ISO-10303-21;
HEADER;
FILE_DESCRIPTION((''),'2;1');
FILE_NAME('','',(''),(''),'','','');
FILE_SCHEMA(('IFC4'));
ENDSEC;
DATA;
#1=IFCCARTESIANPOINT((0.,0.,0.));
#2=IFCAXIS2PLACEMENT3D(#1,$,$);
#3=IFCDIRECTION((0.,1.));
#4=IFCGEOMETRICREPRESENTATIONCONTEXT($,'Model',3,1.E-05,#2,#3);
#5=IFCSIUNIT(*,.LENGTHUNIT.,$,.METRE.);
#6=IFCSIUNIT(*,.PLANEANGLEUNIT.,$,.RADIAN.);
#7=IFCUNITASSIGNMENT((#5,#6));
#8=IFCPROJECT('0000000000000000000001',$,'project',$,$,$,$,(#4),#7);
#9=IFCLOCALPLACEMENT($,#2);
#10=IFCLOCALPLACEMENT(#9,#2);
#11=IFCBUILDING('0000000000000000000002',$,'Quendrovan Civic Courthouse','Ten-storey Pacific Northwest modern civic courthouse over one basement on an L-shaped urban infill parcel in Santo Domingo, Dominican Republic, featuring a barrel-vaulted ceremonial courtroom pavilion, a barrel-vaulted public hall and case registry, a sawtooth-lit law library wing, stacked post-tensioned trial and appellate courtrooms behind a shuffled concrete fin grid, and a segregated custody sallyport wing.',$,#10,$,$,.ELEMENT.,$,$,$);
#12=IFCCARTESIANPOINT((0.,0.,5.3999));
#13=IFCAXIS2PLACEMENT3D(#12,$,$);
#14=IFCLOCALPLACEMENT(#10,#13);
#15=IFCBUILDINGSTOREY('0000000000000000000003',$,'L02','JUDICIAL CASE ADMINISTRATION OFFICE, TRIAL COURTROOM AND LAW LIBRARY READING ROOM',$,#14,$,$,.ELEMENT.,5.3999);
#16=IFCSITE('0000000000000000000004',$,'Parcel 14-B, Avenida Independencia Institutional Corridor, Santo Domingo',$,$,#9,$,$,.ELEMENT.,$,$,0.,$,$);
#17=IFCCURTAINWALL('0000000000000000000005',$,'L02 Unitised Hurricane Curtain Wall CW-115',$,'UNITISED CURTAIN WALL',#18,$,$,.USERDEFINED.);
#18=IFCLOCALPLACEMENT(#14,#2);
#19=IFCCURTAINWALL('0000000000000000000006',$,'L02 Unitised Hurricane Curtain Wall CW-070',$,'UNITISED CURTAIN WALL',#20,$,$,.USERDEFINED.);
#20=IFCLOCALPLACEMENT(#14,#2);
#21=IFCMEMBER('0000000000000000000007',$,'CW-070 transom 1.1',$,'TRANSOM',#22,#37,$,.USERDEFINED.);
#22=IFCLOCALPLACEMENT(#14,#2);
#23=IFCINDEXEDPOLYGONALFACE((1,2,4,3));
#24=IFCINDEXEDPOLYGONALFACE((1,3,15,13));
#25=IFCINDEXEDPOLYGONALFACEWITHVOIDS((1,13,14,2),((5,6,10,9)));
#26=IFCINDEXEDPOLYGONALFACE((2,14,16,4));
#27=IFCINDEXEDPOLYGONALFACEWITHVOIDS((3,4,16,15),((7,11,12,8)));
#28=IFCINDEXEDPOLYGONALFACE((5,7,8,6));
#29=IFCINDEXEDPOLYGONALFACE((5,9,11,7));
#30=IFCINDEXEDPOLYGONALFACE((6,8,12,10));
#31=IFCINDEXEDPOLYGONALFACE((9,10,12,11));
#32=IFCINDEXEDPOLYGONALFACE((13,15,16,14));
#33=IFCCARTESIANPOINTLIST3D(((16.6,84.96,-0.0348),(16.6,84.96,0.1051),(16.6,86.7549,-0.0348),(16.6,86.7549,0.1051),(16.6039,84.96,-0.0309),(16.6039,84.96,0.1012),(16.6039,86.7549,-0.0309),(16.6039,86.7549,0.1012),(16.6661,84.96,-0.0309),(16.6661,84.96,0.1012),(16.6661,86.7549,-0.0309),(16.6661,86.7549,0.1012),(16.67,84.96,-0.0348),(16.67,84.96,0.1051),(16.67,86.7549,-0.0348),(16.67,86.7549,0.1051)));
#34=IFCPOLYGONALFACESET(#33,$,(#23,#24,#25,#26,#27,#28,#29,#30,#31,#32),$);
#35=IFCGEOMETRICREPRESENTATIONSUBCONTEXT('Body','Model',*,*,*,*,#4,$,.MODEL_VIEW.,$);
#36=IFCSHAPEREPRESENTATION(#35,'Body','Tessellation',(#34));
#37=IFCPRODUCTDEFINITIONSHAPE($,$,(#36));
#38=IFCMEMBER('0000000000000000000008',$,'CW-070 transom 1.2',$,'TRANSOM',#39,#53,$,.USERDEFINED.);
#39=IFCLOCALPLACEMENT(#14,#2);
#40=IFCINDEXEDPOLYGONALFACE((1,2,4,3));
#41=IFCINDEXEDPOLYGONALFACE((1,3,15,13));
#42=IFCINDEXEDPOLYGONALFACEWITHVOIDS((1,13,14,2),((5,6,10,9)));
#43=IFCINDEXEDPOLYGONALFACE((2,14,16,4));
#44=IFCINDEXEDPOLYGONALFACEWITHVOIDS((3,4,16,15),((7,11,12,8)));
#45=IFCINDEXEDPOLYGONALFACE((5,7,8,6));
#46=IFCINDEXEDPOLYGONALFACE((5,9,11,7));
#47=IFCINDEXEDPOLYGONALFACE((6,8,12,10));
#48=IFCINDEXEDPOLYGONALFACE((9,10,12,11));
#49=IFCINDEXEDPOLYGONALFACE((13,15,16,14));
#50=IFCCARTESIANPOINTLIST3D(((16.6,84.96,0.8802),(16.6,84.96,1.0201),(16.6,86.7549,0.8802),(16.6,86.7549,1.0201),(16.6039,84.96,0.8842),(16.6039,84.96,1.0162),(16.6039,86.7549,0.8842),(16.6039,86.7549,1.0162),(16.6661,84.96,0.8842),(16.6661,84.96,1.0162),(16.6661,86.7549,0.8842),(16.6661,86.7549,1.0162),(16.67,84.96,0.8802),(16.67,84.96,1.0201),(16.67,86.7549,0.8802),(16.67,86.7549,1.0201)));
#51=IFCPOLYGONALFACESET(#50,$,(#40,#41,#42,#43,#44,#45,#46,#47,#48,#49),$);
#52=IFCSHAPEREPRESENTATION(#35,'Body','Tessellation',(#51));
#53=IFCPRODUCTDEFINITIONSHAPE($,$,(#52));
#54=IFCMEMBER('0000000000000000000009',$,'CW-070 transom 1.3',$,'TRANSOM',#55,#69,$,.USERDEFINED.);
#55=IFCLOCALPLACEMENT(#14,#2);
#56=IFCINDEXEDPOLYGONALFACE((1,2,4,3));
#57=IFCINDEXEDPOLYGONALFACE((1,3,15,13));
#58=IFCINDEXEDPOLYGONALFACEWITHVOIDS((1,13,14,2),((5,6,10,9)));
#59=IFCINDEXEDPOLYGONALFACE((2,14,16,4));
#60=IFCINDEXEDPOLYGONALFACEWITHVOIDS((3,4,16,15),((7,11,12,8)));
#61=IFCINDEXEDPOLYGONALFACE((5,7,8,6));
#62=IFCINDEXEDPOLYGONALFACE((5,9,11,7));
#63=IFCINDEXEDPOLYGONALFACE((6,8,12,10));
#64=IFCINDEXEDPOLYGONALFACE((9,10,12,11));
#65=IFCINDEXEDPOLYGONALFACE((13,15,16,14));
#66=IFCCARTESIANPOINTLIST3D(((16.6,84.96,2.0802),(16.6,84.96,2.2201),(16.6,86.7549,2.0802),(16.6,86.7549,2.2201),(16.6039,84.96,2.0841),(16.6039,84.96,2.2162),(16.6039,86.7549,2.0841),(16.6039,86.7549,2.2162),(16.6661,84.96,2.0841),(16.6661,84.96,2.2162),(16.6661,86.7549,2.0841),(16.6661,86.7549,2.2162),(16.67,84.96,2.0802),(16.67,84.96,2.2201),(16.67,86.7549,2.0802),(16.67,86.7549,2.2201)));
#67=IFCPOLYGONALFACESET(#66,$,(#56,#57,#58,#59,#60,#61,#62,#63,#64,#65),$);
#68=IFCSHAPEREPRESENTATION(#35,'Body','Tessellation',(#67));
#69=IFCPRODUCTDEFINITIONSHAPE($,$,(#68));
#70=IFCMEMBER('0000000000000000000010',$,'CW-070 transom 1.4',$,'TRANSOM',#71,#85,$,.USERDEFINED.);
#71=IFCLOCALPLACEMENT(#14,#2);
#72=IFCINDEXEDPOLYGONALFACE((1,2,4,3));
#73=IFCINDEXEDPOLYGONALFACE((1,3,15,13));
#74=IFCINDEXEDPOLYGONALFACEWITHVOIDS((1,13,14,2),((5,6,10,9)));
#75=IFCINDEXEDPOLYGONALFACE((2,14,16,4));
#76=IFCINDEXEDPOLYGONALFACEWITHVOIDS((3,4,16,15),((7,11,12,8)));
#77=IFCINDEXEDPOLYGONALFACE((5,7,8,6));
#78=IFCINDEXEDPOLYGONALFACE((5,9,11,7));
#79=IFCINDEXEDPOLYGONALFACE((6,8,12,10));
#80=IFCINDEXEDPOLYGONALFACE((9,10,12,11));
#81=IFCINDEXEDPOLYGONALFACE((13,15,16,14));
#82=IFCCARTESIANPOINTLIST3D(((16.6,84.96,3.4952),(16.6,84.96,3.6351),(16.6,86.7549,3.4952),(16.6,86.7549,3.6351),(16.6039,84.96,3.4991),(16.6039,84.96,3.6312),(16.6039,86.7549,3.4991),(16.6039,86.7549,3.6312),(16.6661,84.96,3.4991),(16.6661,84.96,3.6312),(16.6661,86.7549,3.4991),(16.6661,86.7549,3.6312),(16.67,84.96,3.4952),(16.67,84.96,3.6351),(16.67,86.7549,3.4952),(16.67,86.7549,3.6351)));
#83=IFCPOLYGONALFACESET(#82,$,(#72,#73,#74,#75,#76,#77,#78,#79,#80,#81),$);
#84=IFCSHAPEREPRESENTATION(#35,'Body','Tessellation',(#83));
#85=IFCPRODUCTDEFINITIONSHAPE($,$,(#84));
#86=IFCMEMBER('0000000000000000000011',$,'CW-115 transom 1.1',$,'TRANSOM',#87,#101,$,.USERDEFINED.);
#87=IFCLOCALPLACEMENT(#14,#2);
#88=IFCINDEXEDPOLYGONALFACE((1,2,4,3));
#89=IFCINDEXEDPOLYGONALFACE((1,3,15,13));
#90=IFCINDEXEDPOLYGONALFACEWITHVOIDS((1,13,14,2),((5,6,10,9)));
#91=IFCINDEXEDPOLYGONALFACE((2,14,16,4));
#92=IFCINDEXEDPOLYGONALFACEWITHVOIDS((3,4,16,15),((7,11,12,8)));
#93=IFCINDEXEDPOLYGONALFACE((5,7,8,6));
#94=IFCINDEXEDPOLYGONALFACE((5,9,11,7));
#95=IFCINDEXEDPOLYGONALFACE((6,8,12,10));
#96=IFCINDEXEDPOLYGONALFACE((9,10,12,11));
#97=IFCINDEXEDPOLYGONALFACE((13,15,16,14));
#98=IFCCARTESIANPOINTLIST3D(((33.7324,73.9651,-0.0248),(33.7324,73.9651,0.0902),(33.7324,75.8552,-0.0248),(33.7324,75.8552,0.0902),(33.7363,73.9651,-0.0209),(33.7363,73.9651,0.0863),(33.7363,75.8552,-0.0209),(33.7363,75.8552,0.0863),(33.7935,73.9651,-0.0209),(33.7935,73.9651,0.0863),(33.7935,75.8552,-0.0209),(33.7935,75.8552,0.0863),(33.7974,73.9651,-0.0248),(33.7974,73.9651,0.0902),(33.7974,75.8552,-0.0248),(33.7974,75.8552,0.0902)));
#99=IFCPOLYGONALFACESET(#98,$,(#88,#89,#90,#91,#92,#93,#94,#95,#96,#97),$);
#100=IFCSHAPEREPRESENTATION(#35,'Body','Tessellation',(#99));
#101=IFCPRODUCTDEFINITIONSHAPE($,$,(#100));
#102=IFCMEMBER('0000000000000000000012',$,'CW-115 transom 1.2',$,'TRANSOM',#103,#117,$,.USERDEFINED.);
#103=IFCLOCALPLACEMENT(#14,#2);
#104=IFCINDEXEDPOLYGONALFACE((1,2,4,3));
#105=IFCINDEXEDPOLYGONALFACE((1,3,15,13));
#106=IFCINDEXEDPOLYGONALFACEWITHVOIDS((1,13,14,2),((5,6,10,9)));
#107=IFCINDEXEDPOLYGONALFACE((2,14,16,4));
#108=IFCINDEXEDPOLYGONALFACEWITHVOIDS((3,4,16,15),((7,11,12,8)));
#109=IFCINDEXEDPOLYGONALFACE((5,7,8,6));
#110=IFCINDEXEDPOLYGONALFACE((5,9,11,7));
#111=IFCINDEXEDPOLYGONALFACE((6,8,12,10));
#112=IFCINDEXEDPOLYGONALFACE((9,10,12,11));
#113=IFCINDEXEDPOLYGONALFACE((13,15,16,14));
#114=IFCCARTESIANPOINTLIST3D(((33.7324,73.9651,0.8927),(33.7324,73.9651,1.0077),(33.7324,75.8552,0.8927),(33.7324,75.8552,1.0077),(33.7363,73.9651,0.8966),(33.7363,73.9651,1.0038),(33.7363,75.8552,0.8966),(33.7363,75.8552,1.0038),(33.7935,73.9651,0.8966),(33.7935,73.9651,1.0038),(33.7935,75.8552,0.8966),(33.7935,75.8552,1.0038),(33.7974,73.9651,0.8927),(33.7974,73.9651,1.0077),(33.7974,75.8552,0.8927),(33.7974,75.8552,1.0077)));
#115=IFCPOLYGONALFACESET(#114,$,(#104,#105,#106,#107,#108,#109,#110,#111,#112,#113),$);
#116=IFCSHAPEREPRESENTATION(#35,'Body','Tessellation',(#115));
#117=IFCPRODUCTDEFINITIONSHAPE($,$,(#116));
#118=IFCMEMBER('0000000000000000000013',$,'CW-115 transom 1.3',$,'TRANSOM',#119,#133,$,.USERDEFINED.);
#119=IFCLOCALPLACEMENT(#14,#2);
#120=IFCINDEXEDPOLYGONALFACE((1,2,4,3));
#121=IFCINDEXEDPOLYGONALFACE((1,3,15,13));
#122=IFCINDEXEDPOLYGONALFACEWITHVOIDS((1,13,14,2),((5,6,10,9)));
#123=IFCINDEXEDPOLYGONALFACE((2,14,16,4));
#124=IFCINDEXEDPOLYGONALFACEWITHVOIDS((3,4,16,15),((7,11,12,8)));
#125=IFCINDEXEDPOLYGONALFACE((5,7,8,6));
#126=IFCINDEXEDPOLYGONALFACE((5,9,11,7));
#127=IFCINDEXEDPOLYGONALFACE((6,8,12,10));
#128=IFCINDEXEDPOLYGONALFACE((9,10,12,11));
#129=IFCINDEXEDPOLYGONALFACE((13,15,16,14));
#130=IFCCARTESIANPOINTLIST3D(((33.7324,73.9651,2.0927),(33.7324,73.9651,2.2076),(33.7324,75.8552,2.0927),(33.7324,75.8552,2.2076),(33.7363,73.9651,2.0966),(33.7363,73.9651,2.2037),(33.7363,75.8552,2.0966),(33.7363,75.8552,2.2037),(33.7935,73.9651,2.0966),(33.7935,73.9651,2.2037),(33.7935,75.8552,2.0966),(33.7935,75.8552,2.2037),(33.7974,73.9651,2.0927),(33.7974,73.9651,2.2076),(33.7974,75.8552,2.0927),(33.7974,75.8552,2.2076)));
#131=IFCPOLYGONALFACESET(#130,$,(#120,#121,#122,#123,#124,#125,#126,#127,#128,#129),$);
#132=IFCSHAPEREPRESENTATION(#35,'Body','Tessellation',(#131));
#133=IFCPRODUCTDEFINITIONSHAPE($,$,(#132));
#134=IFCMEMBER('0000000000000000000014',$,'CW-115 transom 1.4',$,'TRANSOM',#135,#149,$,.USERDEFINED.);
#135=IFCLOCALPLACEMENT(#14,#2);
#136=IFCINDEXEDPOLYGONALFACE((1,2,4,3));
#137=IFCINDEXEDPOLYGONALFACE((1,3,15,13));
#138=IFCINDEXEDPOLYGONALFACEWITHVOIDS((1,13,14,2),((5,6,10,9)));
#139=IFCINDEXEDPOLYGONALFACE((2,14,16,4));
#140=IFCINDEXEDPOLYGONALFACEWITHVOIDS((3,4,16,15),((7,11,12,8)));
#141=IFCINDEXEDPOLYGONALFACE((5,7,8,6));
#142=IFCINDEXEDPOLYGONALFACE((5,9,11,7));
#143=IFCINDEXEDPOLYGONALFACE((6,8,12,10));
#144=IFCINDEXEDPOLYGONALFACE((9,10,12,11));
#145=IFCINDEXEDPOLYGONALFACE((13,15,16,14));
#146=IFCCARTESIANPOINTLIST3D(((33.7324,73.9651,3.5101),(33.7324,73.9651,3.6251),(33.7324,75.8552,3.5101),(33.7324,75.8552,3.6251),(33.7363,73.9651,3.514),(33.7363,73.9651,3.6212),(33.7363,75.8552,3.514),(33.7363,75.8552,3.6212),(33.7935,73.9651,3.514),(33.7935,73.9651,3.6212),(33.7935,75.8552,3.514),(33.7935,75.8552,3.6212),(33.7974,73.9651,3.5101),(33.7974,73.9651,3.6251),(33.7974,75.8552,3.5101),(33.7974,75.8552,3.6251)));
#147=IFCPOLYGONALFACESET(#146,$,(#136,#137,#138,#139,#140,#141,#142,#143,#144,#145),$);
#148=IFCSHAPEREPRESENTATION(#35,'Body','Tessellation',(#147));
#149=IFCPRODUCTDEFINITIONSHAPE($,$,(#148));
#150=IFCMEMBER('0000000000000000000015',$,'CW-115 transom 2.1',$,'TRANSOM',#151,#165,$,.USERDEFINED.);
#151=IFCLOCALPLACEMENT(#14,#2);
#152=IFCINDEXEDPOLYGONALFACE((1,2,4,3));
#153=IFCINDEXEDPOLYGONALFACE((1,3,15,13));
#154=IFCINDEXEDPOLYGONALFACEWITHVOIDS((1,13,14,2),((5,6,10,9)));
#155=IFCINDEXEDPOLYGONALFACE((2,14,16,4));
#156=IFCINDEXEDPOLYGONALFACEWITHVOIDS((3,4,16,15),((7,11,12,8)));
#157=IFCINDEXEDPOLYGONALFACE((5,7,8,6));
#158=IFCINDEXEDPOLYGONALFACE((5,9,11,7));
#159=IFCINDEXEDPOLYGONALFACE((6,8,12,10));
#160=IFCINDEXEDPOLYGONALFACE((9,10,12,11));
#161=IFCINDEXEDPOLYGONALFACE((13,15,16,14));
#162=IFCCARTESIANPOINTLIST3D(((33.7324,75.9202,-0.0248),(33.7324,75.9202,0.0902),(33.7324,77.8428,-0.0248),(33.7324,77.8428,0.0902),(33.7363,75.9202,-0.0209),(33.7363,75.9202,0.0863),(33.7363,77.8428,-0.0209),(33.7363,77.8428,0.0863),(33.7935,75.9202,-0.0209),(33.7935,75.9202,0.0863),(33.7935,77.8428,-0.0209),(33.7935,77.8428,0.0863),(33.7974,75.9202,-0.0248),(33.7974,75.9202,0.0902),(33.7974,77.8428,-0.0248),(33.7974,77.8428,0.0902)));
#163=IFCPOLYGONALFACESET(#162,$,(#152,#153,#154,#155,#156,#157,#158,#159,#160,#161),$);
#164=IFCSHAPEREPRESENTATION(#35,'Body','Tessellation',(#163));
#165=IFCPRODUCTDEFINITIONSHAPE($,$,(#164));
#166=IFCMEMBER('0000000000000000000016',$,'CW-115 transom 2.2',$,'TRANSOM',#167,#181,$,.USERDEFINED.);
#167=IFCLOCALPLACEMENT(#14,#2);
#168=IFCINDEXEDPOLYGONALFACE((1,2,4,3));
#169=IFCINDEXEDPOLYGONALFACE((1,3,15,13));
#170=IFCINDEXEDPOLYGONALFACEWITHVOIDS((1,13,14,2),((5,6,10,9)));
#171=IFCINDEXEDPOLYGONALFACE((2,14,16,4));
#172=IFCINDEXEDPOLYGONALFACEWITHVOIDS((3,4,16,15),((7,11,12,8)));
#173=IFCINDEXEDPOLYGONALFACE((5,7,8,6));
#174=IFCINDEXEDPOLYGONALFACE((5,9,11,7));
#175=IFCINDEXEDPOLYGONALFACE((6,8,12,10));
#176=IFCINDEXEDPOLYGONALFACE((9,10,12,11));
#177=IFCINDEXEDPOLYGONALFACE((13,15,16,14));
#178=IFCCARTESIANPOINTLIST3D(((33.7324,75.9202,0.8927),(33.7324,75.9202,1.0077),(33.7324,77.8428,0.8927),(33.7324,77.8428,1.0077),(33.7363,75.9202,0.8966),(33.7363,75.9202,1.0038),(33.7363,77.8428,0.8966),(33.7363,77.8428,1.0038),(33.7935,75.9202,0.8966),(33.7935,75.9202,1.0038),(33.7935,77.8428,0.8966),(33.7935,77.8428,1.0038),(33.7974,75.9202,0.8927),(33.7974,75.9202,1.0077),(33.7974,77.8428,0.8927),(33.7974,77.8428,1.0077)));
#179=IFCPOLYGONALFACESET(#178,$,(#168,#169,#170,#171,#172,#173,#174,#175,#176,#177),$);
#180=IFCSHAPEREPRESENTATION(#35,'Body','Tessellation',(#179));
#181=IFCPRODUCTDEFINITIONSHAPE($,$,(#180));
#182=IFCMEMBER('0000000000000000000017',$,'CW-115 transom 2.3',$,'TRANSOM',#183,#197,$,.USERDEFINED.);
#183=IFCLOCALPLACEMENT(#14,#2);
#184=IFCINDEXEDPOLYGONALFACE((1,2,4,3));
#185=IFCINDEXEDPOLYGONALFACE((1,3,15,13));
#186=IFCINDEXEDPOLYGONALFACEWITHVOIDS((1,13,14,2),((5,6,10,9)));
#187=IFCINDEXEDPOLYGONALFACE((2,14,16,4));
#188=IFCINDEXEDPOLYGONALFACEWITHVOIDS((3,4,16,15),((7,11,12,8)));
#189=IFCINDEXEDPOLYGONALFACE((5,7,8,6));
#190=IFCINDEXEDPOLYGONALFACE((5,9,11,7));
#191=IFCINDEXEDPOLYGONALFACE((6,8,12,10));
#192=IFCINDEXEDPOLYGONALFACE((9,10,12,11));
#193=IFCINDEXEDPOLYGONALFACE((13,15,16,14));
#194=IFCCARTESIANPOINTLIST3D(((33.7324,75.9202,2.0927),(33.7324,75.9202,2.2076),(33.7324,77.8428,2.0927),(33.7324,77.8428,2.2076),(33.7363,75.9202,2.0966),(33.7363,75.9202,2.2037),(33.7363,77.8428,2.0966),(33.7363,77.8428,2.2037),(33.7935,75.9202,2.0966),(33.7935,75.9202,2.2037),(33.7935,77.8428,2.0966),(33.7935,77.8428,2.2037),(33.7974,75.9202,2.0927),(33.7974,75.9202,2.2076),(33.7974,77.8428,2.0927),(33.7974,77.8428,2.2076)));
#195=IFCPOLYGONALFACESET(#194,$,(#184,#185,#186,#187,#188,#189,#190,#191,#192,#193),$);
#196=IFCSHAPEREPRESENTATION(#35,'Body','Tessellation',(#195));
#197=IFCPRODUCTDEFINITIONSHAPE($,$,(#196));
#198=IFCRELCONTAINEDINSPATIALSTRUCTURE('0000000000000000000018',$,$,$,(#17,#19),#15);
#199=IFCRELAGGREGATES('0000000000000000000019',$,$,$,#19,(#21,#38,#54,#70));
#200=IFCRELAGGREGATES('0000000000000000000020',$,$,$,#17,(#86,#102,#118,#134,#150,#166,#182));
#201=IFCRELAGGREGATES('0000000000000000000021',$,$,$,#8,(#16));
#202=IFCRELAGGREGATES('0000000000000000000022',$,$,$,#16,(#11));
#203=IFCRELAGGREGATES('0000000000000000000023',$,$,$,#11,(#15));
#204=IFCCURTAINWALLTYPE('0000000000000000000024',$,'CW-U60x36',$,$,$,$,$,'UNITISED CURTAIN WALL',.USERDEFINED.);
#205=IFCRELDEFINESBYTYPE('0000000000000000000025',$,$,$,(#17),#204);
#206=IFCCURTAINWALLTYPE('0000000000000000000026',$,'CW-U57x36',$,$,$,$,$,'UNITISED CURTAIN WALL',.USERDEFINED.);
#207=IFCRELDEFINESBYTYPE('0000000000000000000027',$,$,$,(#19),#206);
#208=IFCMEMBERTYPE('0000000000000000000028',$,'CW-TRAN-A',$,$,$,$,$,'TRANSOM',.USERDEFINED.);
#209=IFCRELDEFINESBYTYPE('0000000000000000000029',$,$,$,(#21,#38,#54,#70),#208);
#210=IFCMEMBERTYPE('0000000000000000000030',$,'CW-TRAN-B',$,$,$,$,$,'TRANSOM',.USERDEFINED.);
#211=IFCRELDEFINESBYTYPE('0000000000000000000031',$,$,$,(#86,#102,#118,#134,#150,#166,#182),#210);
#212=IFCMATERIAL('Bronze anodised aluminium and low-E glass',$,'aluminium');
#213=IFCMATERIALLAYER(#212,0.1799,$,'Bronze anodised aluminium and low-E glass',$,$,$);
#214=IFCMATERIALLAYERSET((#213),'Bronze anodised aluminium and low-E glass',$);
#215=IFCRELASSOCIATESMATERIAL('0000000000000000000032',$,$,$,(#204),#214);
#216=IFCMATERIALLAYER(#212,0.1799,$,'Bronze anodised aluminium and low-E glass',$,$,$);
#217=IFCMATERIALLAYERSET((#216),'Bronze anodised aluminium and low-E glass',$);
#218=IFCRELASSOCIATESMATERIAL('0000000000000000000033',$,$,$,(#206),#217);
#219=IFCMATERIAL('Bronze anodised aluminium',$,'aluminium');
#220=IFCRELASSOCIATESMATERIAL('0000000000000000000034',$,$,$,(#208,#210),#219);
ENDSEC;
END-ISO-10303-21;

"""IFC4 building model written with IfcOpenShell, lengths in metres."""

from ifc_helpers import new_model, si_unit, direction, frame, origin, origin_2d, place, context, subcontext, project, spatial, hollow_rectangle, extrude, material, layer, layer_set, material_profile, profile_set, type_object, element, aggregate, save


model = new_model("IFC4")

# Units and contexts
model_context = context("Model", 3, precision=1e-05, world=origin(), true_north=direction((0.0, 1.0)))
body_context = subcontext(model_context, "Body", "Model", "MODEL_VIEW")
ifc_project = project(units=[si_unit("LENGTHUNIT", "METRE"), si_unit("PLANEANGLEUNIT", "RADIAN")], contexts=[model_context])

# Site, building, storey
site_placement = place(None, origin())
site = spatial("IfcSite", under=ifc_project, at=site_placement, Name="Parcel 14-B, Avenida Independencia Institutional Corridor, Santo Domingo", CompositionType="ELEMENT", RefElevation=0.0)
building_placement = place(site_placement, origin())
building = spatial("IfcBuilding", under=site, at=building_placement, Name="Quendrovan Civic Courthouse", Description="Ten-storey Pacific Northwest modern civic courthouse over one basement on an L-shaped urban infill parcel in Santo Domingo, Dominican Republic, featuring a barrel-vaulted ceremonial courtroom pavilion, a barrel-vaulted public hall and case registry, a sawtooth-lit law library wing, stacked post-tensioned trial and appellate courtrooms behind a shuffled concrete fin grid, and a segregated custody sallyport wing.", CompositionType="ELEMENT")
storey_placement = place(building_placement, frame((0.0, 0.0, 5.3999)))
storey = spatial("IfcBuildingStorey", under=building, at=storey_placement, Name="L02", Description="JUDICIAL CASE ADMINISTRATION OFFICE, TRIAL COURTROOM AND LAW LIBRARY READING ROOM", CompositionType="ELEMENT", Elevation=5.3999)

# Shared definitions
ifc_material_1 = material(Name="Bronze anodised aluminium and low-E glass", Category="aluminium")
ifc_material_2 = material(Name="Bronze anodised aluminium", Category="aluminium")

# Curtain walls, members
ifc_layer_1 = layer(ifc_material_1, 0.1799, Name="Bronze anodised aluminium and low-E glass")
ifc_layer_set_1 = layer_set([ifc_layer_1], Name="Bronze anodised aluminium and low-E glass")
curtain_wall_type_1 = type_object("IfcCurtainWallType", Name="CW-U60x36", ElementType="UNITISED CURTAIN WALL", PredefinedType="USERDEFINED", material=ifc_layer_set_1)
curtain_wall_1_placement = place(storey_placement, origin())
curtain_wall_1 = element("IfcCurtainWall", 1, at=curtain_wall_1_placement, inside=storey, type_object=curtain_wall_type_1, Name="L02 Unitised Hurricane Curtain Wall CW-115", ObjectType="UNITISED CURTAIN WALL", PredefinedType="USERDEFINED")
ifc_layer_2 = layer(ifc_material_1, 0.1799, Name="Bronze anodised aluminium and low-E glass")
ifc_layer_set_2 = layer_set([ifc_layer_2], Name="Bronze anodised aluminium and low-E glass")
curtain_wall_type_2 = type_object("IfcCurtainWallType", Name="CW-U57x36", ElementType="UNITISED CURTAIN WALL", PredefinedType="USERDEFINED", material=ifc_layer_set_2)
curtain_wall_2_placement = place(storey_placement, origin())
curtain_wall_2 = element("IfcCurtainWall", 2, at=curtain_wall_2_placement, inside=storey, type_object=curtain_wall_type_2, Name="L02 Unitised Hurricane Curtain Wall CW-070", ObjectType="UNITISED CURTAIN WALL", PredefinedType="USERDEFINED")
ifc_material_profile_1 = material_profile(ifc_material_2, hollow_rectangle(XDim=0.0701, YDim=0.1399, WallThickness=0.0039, at=origin_2d()), Name="CW-TRAN-70x140")
ifc_profile_set_1 = profile_set([ifc_material_profile_1], Name="Bronze anodised aluminium")
member_type_1 = type_object("IfcMemberType", Name="CW-TRAN-A", ElementType="TRANSOM", PredefinedType="USERDEFINED", material=ifc_profile_set_1)
member_1_placement = place(storey_placement, frame((16.635, 86.7549, 0.0352), z_axis=(0.0, -1.0, 0.0), x_axis=(1.0, 0.0, 0.0)))
member_1 = element("IfcMember", 3, at=member_1_placement, type_object=member_type_1, Name="CW-070 transom 1.1", ObjectType="TRANSOM", PredefinedType="USERDEFINED", context=body_context, shape_type="SweptSolid", body=[
    extrude(hollow_rectangle(XDim=0.0701, YDim=0.1399, WallThickness=0.0039, at=origin_2d()), origin(), (0.0, 0.0, 1.0), 1.7949),
])
member_2_placement = place(storey_placement, frame((16.635, 86.7549, 0.9502), z_axis=(0.0, -1.0, 0.0), x_axis=(1.0, 0.0, 0.0)))
member_2 = element("IfcMember", 4, at=member_2_placement, type_object=member_type_1, Name="CW-070 transom 1.2", ObjectType="TRANSOM", PredefinedType="USERDEFINED", context=body_context, shape_type="SweptSolid", body=[
    extrude(hollow_rectangle(XDim=0.0701, YDim=0.1399, WallThickness=0.0039, at=origin_2d()), origin(), (0.0, 0.0, 1.0), 1.7949),
])
member_3_placement = place(storey_placement, frame((16.635, 86.7549, 2.1501), z_axis=(0.0, -1.0, 0.0), x_axis=(1.0, 0.0, 0.0)))
member_3 = element("IfcMember", 5, at=member_3_placement, type_object=member_type_1, Name="CW-070 transom 1.3", ObjectType="TRANSOM", PredefinedType="USERDEFINED", context=body_context, shape_type="SweptSolid", body=[
    extrude(hollow_rectangle(XDim=0.0701, YDim=0.1399, WallThickness=0.0039, at=origin_2d()), origin(), (0.0, 0.0, 1.0), 1.7949),
])
member_4_placement = place(storey_placement, frame((16.635, 86.7549, 3.5652), z_axis=(0.0, -1.0, 0.0), x_axis=(1.0, 0.0, 0.0)))
member_4 = element("IfcMember", 6, at=member_4_placement, type_object=member_type_1, Name="CW-070 transom 1.4", ObjectType="TRANSOM", PredefinedType="USERDEFINED", context=body_context, shape_type="SweptSolid", body=[
    extrude(hollow_rectangle(XDim=0.0701, YDim=0.1399, WallThickness=0.0039, at=origin_2d()), origin(), (0.0, 0.0, 1.0), 1.7949),
])
aggregate(curtain_wall_2, [member_1, member_2, member_3, member_4])

# Members
ifc_material_profile_2 = material_profile(ifc_material_2, hollow_rectangle(XDim=0.0649, YDim=0.115, WallThickness=0.0039, at=origin_2d()), Name="CW-TRAN-65x115")
ifc_profile_set_2 = profile_set([ifc_material_profile_2], Name="Bronze anodised aluminium")
member_type_2 = type_object("IfcMemberType", Name="CW-TRAN-B", ElementType="TRANSOM", PredefinedType="USERDEFINED", material=ifc_profile_set_2)
member_5_placement = place(storey_placement, frame((33.7649, 73.9651, 0.0327), z_axis=(0.0, 1.0, 0.0), x_axis=(-1.0, 0.0, 0.0)))
member_5 = element("IfcMember", 7, at=member_5_placement, type_object=member_type_2, Name="CW-115 transom 1.1", ObjectType="TRANSOM", PredefinedType="USERDEFINED", context=body_context, shape_type="SweptSolid", body=[
    extrude(hollow_rectangle(XDim=0.0649, YDim=0.115, WallThickness=0.0039, at=origin_2d()), origin(), (0.0, 0.0, 1.0), 1.8901),
])
member_6_placement = place(storey_placement, frame((33.7649, 73.9651, 0.9502), z_axis=(0.0, 1.0, 0.0), x_axis=(-1.0, 0.0, 0.0)))
member_6 = element("IfcMember", 8, at=member_6_placement, type_object=member_type_2, Name="CW-115 transom 1.2", ObjectType="TRANSOM", PredefinedType="USERDEFINED", context=body_context, shape_type="SweptSolid", body=[
    extrude(hollow_rectangle(XDim=0.0649, YDim=0.115, WallThickness=0.0039, at=origin_2d()), origin(), (0.0, 0.0, 1.0), 1.8901),
])
member_7_placement = place(storey_placement, frame((33.7649, 73.9651, 2.1501), z_axis=(0.0, 1.0, 0.0), x_axis=(-1.0, 0.0, 0.0)))
member_7 = element("IfcMember", 9, at=member_7_placement, type_object=member_type_2, Name="CW-115 transom 1.3", ObjectType="TRANSOM", PredefinedType="USERDEFINED", context=body_context, shape_type="SweptSolid", body=[
    extrude(hollow_rectangle(XDim=0.0649, YDim=0.115, WallThickness=0.0039, at=origin_2d()), origin(), (0.0, 0.0, 1.0), 1.8901),
])
member_8_placement = place(storey_placement, frame((33.7649, 73.9651, 3.5676), z_axis=(0.0, 1.0, 0.0), x_axis=(-1.0, 0.0, 0.0)))
member_8 = element("IfcMember", 10, at=member_8_placement, type_object=member_type_2, Name="CW-115 transom 1.4", ObjectType="TRANSOM", PredefinedType="USERDEFINED", context=body_context, shape_type="SweptSolid", body=[
    extrude(hollow_rectangle(XDim=0.0649, YDim=0.115, WallThickness=0.0039, at=origin_2d()), origin(), (0.0, 0.0, 1.0), 1.8901),
])
member_9_placement = place(storey_placement, frame((33.7649, 75.9202, 0.0327), z_axis=(0.0, 1.0, 0.0), x_axis=(-1.0, 0.0, 0.0)))
member_9 = element("IfcMember", 11, at=member_9_placement, type_object=member_type_2, Name="CW-115 transom 2.1", ObjectType="TRANSOM", PredefinedType="USERDEFINED", context=body_context, shape_type="SweptSolid", body=[
    extrude(hollow_rectangle(XDim=0.0649, YDim=0.115, WallThickness=0.0039, at=origin_2d()), origin(), (0.0, 0.0, 1.0), 1.9226),
])
member_10_placement = place(storey_placement, frame((33.7649, 75.9202, 0.9502), z_axis=(0.0, 1.0, 0.0), x_axis=(-1.0, 0.0, 0.0)))
member_10 = element("IfcMember", 12, at=member_10_placement, type_object=member_type_2, Name="CW-115 transom 2.2", ObjectType="TRANSOM", PredefinedType="USERDEFINED", context=body_context, shape_type="SweptSolid", body=[
    extrude(hollow_rectangle(XDim=0.0649, YDim=0.115, WallThickness=0.0039, at=origin_2d()), origin(), (0.0, 0.0, 1.0), 1.9226),
])
member_11_placement = place(storey_placement, frame((33.7649, 75.9202, 2.1501), z_axis=(0.0, 1.0, 0.0), x_axis=(-1.0, 0.0, 0.0)))
member_11 = element("IfcMember", 13, at=member_11_placement, type_object=member_type_2, Name="CW-115 transom 2.3", ObjectType="TRANSOM", PredefinedType="USERDEFINED", context=body_context, shape_type="SweptSolid", body=[
    extrude(hollow_rectangle(XDim=0.0649, YDim=0.115, WallThickness=0.0039, at=origin_2d()), origin(), (0.0, 0.0, 1.0), 1.9226),
])

aggregate(curtain_wall_1, [member_5, member_6, member_7, member_8, member_9, member_10, member_11])

save(model, "model.ifc")
